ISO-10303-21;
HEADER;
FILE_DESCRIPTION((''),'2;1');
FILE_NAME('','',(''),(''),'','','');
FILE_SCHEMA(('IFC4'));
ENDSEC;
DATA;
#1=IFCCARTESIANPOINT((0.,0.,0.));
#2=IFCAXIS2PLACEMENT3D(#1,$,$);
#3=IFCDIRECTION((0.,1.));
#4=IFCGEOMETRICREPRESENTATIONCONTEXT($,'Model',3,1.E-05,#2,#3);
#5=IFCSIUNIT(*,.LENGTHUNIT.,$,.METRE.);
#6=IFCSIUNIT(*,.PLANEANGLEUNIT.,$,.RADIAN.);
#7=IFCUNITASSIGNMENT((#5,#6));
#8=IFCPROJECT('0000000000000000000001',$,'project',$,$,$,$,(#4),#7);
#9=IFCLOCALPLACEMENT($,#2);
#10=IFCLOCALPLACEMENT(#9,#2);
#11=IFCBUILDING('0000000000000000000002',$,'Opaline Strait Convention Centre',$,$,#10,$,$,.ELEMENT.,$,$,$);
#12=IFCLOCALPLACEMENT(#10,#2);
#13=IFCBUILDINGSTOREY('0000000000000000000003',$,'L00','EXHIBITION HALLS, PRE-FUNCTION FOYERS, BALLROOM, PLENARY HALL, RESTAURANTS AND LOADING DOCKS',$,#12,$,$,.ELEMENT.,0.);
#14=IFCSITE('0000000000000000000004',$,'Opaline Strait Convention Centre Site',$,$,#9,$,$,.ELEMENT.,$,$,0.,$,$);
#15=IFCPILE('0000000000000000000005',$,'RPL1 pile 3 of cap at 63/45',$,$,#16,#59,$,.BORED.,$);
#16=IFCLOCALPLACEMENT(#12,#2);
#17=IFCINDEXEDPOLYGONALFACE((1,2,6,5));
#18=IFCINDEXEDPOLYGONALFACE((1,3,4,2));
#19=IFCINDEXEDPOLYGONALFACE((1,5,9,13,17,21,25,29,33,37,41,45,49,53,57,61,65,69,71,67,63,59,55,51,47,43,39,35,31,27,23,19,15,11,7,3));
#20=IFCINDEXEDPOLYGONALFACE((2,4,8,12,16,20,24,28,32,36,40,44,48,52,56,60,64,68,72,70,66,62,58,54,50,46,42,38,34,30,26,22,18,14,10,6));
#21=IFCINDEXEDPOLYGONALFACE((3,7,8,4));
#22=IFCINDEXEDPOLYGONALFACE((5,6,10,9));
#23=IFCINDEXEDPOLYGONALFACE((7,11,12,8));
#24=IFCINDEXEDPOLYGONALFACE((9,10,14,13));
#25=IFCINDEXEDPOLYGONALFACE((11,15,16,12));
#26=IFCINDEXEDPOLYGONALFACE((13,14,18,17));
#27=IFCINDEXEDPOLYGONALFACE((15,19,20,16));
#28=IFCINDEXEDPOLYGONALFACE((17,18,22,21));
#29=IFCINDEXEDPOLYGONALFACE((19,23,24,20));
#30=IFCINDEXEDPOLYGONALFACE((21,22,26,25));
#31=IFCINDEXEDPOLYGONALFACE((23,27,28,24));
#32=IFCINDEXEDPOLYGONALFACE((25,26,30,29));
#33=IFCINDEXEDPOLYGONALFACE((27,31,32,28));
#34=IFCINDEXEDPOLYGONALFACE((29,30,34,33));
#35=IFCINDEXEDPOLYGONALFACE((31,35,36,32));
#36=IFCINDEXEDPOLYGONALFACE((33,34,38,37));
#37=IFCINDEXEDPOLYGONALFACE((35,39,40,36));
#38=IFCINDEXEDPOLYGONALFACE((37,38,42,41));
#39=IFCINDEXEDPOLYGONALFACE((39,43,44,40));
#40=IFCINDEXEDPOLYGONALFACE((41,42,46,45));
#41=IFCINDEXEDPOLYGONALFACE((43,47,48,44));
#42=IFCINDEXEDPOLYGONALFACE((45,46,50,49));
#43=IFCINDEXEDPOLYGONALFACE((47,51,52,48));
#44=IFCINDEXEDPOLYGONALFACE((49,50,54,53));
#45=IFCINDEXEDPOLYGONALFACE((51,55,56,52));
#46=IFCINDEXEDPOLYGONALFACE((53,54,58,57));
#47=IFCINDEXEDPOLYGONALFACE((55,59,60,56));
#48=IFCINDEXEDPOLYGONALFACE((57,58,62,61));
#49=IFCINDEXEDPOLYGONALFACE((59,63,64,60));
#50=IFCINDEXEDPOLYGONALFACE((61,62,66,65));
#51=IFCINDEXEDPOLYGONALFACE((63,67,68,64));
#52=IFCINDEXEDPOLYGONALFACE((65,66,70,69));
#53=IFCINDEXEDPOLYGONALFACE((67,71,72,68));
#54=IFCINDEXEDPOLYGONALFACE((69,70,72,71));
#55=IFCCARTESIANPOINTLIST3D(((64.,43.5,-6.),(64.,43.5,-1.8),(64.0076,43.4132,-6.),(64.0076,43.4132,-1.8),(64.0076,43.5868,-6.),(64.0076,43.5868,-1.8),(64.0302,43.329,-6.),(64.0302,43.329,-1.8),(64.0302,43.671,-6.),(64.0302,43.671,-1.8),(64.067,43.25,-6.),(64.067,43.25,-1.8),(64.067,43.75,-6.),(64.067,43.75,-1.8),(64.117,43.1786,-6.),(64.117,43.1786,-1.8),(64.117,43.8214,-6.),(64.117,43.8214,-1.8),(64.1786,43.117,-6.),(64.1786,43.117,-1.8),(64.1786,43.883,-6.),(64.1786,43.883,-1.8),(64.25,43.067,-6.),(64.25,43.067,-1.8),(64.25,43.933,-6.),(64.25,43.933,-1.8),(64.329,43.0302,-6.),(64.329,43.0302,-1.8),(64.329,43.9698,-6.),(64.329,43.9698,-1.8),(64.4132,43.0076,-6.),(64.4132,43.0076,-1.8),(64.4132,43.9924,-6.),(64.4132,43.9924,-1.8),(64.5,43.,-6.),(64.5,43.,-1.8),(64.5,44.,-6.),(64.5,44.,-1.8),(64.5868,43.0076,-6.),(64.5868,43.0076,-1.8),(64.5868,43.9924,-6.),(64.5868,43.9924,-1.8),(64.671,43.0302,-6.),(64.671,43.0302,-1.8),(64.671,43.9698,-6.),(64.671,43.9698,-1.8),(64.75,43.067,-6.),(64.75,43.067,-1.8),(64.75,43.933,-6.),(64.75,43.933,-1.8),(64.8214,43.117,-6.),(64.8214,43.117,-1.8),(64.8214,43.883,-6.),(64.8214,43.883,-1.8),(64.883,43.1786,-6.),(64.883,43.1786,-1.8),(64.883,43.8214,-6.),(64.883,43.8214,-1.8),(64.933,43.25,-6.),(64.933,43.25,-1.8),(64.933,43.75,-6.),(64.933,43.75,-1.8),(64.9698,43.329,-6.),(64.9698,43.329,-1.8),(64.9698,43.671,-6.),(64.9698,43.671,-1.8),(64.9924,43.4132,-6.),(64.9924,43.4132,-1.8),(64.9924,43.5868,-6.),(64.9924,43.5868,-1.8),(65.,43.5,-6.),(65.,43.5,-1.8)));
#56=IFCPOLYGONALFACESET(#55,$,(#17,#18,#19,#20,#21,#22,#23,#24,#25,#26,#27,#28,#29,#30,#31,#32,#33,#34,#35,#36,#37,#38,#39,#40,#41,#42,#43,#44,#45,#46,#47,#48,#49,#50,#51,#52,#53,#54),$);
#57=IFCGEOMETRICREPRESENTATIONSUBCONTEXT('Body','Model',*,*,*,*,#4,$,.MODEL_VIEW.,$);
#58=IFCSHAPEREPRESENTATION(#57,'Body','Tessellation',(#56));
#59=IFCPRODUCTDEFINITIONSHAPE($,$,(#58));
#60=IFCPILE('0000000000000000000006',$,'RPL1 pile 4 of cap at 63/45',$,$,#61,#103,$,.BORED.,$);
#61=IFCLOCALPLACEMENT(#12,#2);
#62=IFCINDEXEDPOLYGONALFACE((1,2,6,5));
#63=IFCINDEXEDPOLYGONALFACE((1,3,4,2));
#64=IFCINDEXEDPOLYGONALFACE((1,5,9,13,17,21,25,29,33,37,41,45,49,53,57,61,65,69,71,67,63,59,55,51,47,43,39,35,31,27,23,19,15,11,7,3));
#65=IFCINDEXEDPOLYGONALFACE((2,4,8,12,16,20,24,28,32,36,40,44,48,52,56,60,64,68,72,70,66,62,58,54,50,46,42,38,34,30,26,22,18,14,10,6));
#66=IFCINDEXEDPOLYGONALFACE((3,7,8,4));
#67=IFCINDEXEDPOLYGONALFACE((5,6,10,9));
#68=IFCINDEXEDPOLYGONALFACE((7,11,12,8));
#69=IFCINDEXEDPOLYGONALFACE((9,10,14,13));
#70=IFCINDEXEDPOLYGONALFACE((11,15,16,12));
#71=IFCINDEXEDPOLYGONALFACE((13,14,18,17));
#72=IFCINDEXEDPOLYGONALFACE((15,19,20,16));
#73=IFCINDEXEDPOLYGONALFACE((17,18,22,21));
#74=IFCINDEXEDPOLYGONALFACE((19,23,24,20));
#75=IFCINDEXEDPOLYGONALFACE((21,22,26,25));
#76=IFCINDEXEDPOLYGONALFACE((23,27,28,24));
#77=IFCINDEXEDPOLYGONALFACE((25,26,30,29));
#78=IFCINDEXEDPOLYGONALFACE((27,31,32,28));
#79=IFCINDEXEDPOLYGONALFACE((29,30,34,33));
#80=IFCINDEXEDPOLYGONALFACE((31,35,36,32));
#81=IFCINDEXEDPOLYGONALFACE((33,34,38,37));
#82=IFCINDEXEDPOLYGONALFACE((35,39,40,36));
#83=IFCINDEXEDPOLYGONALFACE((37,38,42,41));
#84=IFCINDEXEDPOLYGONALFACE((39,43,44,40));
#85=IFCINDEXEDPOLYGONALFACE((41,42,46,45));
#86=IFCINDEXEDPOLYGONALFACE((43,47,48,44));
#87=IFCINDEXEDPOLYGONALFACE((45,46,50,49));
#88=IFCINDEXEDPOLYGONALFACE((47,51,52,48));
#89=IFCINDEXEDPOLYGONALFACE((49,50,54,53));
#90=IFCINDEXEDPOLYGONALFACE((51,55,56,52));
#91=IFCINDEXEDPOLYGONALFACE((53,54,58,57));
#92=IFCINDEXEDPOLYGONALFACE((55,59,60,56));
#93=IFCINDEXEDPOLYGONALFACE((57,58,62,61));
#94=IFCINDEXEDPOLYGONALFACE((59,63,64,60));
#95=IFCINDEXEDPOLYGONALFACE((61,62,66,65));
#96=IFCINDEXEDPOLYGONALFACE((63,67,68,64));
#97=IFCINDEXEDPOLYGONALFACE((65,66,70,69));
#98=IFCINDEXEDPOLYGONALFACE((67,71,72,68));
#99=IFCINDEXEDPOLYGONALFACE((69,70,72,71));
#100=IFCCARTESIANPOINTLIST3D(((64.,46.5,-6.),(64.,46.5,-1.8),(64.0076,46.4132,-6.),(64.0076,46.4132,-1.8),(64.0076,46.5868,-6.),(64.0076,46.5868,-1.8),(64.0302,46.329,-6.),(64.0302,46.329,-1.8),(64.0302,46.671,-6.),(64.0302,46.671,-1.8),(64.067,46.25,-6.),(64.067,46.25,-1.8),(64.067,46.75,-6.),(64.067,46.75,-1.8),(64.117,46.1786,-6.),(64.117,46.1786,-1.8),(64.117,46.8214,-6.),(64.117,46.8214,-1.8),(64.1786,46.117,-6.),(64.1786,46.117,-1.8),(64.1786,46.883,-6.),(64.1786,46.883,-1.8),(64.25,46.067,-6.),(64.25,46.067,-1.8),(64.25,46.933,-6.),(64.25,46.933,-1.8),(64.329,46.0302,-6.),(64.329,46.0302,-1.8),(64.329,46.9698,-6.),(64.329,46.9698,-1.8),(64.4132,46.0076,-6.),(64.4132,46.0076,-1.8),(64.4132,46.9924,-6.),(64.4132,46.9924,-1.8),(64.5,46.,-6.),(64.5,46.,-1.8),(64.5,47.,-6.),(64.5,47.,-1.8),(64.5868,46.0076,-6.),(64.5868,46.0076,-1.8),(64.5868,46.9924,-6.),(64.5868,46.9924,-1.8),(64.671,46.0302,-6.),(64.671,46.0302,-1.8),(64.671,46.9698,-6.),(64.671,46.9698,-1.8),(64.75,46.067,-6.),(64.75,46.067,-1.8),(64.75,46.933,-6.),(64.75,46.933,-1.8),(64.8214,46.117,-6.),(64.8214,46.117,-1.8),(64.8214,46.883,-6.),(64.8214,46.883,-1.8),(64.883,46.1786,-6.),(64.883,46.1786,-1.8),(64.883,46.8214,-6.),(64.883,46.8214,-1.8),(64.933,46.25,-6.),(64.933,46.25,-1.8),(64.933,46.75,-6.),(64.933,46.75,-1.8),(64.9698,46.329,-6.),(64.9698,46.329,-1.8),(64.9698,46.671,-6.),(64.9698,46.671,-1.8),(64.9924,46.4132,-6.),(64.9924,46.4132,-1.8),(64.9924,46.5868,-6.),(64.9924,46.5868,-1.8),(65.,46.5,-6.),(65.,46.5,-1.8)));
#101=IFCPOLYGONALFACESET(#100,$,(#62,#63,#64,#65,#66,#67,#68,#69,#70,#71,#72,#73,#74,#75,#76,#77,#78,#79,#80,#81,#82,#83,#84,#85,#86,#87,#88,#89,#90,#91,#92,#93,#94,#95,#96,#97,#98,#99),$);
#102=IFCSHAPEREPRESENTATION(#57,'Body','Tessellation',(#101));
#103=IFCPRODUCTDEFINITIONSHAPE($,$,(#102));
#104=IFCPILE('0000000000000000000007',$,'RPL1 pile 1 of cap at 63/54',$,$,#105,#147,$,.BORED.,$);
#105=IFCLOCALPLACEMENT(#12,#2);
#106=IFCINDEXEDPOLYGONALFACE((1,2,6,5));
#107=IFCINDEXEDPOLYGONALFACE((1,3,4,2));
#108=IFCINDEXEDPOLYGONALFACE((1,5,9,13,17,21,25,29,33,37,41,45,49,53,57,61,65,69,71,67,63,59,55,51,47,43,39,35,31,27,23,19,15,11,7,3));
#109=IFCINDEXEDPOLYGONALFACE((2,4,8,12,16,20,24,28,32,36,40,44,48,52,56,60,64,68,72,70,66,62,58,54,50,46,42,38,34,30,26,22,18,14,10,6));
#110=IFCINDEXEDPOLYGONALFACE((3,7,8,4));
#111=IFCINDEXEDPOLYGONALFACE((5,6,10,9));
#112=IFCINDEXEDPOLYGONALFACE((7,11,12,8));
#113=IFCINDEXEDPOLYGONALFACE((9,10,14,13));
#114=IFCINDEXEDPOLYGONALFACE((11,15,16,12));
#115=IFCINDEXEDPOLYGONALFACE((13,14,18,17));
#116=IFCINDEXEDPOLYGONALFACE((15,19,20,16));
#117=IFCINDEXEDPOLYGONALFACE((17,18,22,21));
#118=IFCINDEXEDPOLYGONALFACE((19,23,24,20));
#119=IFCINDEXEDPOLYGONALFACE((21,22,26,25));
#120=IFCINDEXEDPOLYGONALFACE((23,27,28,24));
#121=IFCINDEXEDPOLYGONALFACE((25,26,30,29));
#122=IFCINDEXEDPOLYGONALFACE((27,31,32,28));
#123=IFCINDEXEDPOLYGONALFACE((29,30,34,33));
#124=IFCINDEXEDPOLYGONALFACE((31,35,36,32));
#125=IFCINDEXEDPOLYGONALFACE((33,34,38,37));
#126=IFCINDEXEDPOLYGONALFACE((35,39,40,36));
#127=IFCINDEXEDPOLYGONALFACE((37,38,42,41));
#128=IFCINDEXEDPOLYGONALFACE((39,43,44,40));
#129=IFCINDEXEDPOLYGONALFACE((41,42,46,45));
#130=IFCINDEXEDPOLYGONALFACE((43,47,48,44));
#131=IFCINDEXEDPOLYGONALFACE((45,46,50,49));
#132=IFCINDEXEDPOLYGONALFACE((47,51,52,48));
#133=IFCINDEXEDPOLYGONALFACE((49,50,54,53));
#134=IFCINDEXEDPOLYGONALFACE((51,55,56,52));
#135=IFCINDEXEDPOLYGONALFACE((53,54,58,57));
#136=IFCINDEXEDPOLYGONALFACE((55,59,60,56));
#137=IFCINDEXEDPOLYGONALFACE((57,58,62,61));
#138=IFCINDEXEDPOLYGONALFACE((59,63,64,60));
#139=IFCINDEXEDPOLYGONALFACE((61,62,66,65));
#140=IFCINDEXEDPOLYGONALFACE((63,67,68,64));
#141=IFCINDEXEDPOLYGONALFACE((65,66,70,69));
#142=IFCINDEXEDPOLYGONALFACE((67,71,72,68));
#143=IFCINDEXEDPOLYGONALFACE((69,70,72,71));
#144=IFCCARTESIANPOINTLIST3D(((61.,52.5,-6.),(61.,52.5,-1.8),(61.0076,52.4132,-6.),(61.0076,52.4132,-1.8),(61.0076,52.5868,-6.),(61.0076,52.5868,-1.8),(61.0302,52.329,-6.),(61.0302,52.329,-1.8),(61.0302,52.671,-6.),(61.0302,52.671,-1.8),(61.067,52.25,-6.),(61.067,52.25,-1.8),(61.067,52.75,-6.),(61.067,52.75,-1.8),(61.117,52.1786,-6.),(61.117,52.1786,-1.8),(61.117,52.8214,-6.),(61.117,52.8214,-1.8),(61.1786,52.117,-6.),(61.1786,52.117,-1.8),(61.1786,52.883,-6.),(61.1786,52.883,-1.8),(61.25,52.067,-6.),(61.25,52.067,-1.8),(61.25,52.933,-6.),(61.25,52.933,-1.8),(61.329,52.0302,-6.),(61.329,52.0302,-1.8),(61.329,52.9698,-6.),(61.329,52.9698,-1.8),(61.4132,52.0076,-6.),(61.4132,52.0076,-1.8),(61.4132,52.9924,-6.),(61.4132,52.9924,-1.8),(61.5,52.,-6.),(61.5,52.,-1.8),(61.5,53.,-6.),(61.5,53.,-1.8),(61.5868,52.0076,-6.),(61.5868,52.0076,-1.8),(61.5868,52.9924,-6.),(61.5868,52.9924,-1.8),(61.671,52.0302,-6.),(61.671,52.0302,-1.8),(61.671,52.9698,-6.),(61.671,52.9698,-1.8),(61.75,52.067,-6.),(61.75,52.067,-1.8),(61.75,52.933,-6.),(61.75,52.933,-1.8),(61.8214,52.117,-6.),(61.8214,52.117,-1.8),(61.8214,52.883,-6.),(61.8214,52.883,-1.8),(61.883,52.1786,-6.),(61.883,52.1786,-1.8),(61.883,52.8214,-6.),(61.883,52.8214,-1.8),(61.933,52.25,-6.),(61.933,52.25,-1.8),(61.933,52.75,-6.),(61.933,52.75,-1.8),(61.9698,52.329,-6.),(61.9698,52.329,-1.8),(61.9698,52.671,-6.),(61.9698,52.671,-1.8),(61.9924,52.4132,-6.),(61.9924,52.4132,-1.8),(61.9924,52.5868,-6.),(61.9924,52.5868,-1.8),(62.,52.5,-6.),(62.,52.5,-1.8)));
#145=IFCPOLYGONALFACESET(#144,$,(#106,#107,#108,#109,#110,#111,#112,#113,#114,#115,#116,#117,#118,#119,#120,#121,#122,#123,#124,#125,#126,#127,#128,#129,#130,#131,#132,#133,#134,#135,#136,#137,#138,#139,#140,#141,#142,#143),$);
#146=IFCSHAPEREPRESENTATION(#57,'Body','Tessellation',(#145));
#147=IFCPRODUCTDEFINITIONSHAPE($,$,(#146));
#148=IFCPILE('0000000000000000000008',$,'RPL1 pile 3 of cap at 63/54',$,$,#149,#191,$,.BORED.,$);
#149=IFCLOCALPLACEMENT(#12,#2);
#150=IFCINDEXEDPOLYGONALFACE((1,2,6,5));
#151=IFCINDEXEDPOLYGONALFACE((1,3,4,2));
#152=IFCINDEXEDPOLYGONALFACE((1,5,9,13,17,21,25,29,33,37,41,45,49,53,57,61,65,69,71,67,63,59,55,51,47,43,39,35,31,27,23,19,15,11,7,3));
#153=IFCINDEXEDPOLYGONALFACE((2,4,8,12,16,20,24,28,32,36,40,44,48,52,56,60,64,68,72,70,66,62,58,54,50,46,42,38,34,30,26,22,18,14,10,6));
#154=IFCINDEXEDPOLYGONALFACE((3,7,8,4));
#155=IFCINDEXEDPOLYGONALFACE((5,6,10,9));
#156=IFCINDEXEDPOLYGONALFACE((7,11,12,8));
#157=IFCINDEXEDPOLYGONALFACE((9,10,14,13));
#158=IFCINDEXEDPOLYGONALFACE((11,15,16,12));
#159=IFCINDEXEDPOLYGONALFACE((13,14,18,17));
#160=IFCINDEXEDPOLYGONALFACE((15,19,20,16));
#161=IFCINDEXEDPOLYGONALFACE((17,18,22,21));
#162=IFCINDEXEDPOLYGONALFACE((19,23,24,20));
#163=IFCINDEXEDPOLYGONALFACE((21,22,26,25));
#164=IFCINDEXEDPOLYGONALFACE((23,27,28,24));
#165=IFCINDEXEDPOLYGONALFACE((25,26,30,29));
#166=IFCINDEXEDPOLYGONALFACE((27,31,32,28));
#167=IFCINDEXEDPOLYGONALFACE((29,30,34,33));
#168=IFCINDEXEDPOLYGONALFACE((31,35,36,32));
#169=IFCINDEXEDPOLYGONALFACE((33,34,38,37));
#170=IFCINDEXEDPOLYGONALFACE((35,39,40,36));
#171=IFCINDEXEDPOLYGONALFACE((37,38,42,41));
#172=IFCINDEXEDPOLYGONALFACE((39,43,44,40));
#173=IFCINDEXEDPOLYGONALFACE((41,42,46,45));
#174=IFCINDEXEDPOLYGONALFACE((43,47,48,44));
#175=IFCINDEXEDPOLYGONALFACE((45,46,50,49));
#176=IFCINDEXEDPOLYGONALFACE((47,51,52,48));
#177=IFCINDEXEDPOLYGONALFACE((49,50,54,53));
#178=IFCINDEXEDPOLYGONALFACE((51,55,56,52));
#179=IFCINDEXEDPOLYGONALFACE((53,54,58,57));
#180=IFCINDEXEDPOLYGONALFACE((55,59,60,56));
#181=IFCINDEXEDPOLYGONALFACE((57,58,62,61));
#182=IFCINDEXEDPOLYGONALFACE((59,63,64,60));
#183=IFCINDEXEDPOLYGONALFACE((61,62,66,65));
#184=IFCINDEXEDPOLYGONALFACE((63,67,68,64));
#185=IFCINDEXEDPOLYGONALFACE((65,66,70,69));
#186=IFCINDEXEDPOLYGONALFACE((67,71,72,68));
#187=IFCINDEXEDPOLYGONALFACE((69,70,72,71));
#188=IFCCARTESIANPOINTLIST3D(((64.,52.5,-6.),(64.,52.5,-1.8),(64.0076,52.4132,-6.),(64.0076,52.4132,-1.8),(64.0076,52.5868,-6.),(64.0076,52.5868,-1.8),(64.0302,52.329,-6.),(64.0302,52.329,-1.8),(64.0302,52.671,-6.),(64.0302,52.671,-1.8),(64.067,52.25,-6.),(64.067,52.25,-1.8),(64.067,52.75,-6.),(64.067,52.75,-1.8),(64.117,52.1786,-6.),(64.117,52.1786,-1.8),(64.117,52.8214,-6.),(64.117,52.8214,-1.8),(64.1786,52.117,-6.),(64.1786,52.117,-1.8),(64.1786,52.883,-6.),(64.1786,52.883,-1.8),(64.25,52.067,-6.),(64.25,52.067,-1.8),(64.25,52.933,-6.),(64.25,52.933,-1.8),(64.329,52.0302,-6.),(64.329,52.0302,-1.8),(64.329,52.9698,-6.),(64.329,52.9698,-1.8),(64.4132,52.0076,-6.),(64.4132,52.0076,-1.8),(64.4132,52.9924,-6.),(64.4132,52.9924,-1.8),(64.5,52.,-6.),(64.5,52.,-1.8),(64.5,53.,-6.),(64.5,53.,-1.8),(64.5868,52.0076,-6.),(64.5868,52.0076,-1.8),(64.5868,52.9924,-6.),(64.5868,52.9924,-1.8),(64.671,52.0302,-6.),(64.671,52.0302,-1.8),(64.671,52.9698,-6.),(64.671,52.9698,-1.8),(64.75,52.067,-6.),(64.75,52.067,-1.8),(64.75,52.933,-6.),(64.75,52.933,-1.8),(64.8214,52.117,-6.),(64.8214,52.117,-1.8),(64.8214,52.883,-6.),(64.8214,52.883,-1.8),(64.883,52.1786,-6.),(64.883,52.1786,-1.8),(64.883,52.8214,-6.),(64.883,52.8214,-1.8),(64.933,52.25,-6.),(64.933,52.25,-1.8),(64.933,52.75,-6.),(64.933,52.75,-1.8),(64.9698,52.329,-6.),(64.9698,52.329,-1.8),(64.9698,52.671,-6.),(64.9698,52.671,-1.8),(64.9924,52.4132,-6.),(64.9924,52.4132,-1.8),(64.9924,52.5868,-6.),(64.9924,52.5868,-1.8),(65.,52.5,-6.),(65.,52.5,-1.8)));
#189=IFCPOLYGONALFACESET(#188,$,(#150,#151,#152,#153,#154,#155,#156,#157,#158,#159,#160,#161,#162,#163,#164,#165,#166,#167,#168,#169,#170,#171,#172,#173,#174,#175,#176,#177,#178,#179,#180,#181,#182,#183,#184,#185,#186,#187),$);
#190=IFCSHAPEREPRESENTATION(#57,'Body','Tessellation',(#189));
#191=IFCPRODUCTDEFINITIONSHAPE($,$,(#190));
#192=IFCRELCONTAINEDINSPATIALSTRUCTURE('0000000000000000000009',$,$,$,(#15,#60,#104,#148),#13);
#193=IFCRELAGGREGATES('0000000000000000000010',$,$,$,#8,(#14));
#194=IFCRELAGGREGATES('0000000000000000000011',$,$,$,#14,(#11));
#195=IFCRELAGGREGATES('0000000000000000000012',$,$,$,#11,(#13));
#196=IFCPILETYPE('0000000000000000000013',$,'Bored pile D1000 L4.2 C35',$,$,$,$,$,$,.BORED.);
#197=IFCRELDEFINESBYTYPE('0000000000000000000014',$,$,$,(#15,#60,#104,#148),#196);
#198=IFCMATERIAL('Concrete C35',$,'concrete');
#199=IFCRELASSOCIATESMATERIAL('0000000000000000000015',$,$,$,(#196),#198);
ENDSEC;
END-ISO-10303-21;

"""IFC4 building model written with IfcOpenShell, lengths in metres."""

from ifc_helpers import new_model, si_unit, direction, frame, origin, origin_2d, place, context, subcontext, project, spatial, circle, extrude, material, material_profile, profile_set, type_object, element, save


model = new_model("IFC4")

# Units and contexts
model_context = context("Model", 3, precision=1e-05, world=origin(), true_north=direction((0.0, 1.0)))
body_context = subcontext(model_context, "Body", "Model", "MODEL_VIEW")
ifc_project = project(units=[si_unit("LENGTHUNIT", "METRE"), si_unit("PLANEANGLEUNIT", "RADIAN")], contexts=[model_context])

# Site, building, storey
site_placement = place(None, origin())
site = spatial("IfcSite", under=ifc_project, at=site_placement, Name="Opaline Strait Convention Centre Site", CompositionType="ELEMENT", RefElevation=0.0)
building_placement = place(site_placement, origin())
building = spatial("IfcBuilding", under=site, at=building_placement, Name="Opaline Strait Convention Centre", CompositionType="ELEMENT")
storey_placement = place(building_placement, origin())
storey = spatial("IfcBuildingStorey", under=building, at=storey_placement, Name="L00", Description="EXHIBITION HALLS, PRE-FUNCTION FOYERS, BALLROOM, PLENARY HALL, RESTAURANTS AND LOADING DOCKS", CompositionType="ELEMENT", Elevation=0.0)

# Piles
ifc_material_1 = material(Name="Concrete C35", Category="concrete")
ifc_material_profile_1 = material_profile(ifc_material_1, circle(Radius=0.5, at=origin_2d()), Name="D1000")
ifc_profile_set_1 = profile_set([ifc_material_profile_1], Name="Concrete C35")
pile_type = type_object("IfcPileType", Name="Bored pile D1000 L4.2 C35", PredefinedType="BORED", material=ifc_profile_set_1)
for number, where, z_axis, x_axis, name in (
    (1, (64.5, 43.5, -1.8), (0.0, 0.0, -1.0), (1.0, 0.0, 0.0), "RPL1 pile 3 of cap at 63/45"),
    (2, (64.5, 46.5, -1.8), (0.0, 0.0, -1.0), (1.0, 0.0, 0.0), "RPL1 pile 4 of cap at 63/45"),
    (3, (61.5, 52.5, -1.8), (0.0, 0.0, -1.0), (1.0, 0.0, 0.0), "RPL1 pile 1 of cap at 63/54"),
    (4, (64.5, 52.5, -1.8), (0.0, 0.0, -1.0), (1.0, 0.0, 0.0), "RPL1 pile 3 of cap at 63/54"),
):
    element("IfcPile", number, at=place(storey_placement, frame(where, z_axis=z_axis, x_axis=x_axis)), inside=storey, type_object=pile_type, Name=name, PredefinedType="BORED", context=body_context, shape_type="SweptSolid", body=[
        extrude(circle(Radius=0.5, at=origin_2d()), origin(), (0.0, 0.0, 1.0), 4.2),
    ])

save(model, "model.ifc")
